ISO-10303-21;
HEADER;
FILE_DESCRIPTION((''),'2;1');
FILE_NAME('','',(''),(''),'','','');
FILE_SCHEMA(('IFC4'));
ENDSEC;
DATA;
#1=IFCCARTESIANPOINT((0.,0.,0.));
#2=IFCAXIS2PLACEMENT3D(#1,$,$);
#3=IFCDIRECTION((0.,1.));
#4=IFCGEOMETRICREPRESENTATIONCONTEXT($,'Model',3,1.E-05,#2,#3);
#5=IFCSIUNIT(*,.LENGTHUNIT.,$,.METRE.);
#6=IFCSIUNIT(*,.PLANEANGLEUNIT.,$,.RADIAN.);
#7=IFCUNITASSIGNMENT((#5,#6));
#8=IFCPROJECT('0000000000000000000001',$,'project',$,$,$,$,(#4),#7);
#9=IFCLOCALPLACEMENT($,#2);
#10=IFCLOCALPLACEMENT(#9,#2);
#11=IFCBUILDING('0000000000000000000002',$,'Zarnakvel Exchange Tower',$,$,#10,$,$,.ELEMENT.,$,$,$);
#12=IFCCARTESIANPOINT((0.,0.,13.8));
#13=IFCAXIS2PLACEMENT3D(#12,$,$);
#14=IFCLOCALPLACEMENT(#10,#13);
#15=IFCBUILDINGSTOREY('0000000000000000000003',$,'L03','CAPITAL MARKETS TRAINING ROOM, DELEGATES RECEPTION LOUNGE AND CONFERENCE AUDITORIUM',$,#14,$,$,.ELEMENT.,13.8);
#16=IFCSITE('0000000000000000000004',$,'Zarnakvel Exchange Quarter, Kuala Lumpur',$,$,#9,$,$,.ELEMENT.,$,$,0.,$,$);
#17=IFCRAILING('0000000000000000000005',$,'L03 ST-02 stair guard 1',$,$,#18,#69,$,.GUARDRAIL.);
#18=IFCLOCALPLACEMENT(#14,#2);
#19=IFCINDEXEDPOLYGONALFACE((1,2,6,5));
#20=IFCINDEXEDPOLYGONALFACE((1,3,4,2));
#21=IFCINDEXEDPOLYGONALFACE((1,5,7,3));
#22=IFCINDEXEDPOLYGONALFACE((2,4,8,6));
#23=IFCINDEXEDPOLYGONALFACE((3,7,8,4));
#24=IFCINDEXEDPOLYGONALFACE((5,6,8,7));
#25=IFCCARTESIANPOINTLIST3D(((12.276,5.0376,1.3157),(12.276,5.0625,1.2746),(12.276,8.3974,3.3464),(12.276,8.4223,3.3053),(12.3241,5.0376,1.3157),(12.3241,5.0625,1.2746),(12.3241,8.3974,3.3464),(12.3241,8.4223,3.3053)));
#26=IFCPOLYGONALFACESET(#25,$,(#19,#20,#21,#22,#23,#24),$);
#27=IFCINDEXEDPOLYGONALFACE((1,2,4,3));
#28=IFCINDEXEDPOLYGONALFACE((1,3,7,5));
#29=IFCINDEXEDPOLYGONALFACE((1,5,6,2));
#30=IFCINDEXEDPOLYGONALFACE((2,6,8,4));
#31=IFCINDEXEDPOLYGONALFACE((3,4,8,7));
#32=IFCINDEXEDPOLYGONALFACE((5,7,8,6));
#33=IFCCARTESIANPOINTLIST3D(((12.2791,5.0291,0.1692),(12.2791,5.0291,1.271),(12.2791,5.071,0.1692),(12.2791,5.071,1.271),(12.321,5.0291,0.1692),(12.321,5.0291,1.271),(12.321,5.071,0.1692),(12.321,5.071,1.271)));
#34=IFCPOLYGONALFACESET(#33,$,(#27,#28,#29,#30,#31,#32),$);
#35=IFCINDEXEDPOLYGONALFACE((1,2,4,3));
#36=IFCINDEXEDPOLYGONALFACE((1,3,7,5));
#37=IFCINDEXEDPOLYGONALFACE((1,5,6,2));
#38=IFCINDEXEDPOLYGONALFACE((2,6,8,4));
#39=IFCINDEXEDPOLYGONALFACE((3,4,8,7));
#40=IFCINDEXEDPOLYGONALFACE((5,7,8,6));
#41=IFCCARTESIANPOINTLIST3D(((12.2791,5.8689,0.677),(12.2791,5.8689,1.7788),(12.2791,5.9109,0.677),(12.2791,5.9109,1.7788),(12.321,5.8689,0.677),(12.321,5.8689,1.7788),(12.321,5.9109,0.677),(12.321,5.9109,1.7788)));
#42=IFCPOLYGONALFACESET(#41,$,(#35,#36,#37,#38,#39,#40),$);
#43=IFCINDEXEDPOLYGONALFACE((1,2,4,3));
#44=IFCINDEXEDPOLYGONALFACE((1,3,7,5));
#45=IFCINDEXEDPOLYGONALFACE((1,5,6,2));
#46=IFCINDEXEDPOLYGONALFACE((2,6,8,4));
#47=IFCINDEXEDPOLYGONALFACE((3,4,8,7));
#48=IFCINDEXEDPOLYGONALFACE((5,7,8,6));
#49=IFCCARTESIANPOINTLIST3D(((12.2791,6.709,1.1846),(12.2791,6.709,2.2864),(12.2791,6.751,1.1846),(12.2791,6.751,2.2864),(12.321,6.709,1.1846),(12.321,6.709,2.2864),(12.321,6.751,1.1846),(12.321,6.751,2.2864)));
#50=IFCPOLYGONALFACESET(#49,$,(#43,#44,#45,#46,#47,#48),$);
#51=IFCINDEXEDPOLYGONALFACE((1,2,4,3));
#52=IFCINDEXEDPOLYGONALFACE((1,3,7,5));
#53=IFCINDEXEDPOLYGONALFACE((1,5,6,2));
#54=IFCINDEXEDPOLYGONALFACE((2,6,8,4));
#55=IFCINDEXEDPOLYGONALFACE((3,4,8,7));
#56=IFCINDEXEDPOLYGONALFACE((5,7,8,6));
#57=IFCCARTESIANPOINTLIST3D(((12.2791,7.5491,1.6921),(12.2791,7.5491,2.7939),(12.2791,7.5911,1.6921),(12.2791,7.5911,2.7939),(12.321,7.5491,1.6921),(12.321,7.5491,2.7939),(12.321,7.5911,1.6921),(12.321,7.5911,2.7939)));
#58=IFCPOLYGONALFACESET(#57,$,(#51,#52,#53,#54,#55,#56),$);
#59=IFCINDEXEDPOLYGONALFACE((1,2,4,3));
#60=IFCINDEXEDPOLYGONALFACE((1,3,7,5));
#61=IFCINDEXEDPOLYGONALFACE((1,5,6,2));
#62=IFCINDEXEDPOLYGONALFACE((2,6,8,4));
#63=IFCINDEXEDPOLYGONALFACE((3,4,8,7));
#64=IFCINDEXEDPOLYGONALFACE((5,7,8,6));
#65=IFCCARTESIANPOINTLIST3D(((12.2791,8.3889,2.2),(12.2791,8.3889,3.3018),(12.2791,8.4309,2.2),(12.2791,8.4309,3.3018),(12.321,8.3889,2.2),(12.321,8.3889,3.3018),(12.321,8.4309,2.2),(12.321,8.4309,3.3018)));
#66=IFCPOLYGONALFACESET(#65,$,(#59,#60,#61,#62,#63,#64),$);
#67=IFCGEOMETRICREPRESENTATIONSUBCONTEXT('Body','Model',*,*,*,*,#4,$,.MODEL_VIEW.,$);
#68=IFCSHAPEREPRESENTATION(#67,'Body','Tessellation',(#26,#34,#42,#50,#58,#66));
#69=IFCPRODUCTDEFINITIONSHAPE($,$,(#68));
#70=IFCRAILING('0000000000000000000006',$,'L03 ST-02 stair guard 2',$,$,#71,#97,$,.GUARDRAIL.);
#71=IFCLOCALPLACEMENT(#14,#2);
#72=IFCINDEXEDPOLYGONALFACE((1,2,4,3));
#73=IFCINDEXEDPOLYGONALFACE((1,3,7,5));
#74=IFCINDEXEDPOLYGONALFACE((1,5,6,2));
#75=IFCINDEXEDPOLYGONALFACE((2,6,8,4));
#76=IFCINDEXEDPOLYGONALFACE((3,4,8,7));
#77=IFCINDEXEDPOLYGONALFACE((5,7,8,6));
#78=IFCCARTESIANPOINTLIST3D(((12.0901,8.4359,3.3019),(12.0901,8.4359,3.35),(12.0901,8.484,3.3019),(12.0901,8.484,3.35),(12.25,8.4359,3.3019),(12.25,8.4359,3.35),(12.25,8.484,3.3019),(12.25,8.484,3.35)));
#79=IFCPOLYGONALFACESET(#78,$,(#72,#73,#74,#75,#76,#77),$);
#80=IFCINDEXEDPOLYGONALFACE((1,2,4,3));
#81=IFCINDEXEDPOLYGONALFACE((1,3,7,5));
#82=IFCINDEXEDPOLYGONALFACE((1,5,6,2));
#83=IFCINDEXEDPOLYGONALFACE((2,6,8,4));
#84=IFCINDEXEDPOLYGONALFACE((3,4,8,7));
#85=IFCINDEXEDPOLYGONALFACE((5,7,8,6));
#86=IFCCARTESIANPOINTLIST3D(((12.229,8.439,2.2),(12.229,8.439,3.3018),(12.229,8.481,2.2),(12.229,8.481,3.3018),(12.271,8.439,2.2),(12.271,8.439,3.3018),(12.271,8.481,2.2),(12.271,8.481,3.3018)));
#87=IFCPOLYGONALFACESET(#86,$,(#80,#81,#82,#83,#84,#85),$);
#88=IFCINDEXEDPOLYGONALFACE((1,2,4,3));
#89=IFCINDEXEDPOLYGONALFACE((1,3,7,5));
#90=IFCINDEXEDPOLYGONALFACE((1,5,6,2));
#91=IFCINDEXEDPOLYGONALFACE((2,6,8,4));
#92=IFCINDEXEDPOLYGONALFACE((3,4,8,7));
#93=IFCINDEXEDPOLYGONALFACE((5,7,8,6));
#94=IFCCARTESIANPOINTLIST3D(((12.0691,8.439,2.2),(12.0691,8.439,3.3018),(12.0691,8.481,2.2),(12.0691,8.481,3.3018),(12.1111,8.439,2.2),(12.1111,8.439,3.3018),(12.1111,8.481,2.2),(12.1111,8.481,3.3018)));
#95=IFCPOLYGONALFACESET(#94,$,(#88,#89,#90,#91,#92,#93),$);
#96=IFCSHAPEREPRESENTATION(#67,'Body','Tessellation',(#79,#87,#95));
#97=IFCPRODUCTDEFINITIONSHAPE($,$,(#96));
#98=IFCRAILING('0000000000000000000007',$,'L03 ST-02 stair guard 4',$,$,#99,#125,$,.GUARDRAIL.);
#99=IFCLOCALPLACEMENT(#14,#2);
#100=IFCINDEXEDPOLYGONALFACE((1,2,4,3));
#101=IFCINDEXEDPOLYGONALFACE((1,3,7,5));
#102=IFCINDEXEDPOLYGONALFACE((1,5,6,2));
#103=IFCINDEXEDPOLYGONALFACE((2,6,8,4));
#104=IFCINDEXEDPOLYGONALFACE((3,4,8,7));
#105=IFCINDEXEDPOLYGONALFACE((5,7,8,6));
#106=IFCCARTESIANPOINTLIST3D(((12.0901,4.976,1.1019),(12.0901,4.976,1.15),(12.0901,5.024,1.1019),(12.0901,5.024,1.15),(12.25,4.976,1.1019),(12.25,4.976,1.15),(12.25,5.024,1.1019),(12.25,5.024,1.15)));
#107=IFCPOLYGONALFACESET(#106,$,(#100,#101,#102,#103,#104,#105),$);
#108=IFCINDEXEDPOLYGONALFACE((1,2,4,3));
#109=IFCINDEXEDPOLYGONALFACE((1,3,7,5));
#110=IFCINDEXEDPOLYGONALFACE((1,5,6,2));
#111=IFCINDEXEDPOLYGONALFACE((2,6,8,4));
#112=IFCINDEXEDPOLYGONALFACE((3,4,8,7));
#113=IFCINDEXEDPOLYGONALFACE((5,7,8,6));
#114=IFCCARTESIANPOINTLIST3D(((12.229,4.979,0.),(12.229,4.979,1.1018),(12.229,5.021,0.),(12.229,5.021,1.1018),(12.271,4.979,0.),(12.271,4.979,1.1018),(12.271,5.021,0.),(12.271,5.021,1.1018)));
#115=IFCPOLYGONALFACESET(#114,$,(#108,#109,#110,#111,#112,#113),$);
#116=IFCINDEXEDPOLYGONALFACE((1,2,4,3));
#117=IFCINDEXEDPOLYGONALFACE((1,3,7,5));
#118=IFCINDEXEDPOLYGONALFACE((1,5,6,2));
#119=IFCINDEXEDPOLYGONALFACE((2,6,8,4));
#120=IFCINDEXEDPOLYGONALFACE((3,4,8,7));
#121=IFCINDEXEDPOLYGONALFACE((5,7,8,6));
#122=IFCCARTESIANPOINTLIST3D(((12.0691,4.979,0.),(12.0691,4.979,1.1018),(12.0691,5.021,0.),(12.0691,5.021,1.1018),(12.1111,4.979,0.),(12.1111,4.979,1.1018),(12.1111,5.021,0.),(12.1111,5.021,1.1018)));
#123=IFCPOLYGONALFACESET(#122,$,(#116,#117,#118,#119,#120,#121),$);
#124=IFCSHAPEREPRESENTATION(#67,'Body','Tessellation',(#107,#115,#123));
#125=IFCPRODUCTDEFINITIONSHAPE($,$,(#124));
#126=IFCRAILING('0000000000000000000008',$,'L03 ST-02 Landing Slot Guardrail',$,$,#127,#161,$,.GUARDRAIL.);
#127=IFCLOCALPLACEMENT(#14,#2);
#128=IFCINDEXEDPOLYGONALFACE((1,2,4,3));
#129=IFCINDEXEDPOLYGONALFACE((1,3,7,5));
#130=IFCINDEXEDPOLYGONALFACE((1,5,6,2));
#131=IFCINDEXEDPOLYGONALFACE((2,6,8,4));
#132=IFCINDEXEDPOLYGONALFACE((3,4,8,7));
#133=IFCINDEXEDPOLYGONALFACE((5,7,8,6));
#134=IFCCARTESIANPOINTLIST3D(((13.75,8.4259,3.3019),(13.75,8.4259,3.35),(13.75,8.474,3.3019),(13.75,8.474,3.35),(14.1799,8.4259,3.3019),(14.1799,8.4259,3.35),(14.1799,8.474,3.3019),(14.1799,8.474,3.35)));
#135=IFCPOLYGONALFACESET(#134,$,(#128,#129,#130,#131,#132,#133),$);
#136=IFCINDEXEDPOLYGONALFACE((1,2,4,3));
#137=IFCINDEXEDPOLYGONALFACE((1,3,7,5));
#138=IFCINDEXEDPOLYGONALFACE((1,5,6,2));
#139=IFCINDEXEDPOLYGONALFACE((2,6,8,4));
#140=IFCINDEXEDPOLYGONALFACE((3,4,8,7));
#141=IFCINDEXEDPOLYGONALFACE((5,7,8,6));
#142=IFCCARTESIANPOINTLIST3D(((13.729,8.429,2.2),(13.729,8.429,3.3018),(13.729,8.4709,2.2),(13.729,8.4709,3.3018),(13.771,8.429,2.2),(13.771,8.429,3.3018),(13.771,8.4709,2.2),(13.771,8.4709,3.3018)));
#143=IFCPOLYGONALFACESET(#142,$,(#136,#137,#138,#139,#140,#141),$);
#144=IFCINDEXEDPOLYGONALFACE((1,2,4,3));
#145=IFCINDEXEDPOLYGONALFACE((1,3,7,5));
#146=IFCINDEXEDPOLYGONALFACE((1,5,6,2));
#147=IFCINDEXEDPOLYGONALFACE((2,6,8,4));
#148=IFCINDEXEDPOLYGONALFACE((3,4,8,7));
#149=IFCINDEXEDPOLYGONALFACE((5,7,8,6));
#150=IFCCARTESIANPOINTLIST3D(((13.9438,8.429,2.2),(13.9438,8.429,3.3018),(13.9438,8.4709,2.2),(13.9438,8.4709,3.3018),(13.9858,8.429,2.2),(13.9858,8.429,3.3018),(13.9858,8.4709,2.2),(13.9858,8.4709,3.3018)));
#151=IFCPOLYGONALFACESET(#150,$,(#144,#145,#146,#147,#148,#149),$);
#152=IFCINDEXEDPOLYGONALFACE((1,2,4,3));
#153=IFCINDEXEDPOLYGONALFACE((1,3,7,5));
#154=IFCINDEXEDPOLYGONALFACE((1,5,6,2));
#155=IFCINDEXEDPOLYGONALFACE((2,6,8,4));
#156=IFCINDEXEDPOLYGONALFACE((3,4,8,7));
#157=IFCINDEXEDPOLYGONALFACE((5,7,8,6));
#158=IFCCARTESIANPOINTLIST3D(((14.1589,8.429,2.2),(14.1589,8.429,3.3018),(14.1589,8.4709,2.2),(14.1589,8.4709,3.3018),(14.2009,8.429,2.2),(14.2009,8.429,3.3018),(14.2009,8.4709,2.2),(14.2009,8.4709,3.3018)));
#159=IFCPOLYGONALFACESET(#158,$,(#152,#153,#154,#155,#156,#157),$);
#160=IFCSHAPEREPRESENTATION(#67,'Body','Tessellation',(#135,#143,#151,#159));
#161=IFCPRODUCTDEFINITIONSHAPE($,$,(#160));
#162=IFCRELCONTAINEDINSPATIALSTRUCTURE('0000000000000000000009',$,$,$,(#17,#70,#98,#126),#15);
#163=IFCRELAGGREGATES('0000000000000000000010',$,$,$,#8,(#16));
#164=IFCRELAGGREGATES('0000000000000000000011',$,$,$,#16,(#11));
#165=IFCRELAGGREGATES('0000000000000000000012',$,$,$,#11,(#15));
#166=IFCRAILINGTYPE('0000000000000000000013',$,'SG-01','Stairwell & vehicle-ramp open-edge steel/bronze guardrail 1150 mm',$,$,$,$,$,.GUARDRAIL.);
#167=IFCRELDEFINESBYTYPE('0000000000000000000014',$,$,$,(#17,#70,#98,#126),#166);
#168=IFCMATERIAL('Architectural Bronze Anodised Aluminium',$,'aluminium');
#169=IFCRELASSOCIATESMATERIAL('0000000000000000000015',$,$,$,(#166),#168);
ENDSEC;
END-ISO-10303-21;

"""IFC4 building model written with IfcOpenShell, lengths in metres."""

from ifc_helpers import new_model, si_unit, direction, frame, origin, origin_2d, place, context, subcontext, project, spatial, rectangle, extrude, material, type_object, element, save


model = new_model("IFC4")

# Units and contexts
model_context = context("Model", 3, precision=1e-05, world=origin(), true_north=direction((0.0, 1.0)))
body_context = subcontext(model_context, "Body", "Model", "MODEL_VIEW")
ifc_project = project(units=[si_unit("LENGTHUNIT", "METRE"), si_unit("PLANEANGLEUNIT", "RADIAN")], contexts=[model_context])

# Site, building, storey
site_placement = place(None, origin())
site = spatial("IfcSite", under=ifc_project, at=site_placement, Name="Zarnakvel Exchange Quarter, Kuala Lumpur", CompositionType="ELEMENT", RefElevation=0.0)
building_placement = place(site_placement, origin())
building = spatial("IfcBuilding", under=site, at=building_placement, Name="Zarnakvel Exchange Tower", CompositionType="ELEMENT")
storey_placement = place(building_placement, frame((0.0, 0.0, 13.8)))
storey = spatial("IfcBuildingStorey", under=building, at=storey_placement, Name="L03", Description="CAPITAL MARKETS TRAINING ROOM, DELEGATES RECEPTION LOUNGE AND CONFERENCE AUDITORIUM", CompositionType="ELEMENT", Elevation=13.8)

# Shared definitions
ifc_material_1 = material(Name="Architectural Bronze Anodised Aluminium", Category="aluminium")

# Railings
railing_type_1 = type_object("IfcRailingType", Name="SG-01", Description="Stairwell & vehicle-ramp open-edge steel/bronze guardrail 1150 mm", PredefinedType="GUARDRAIL", material=ifc_material_1)
railing_1_placement = place(storey_placement, frame((12.3, 5.05, 0.1692)))
element("IfcRailing", 1, at=railing_1_placement, inside=storey, type_object=railing_type_1, Name="L03 ST-02 stair guard 1", PredefinedType="GUARDRAIL", context=body_context, shape_type="SweptSolid", body=[
    extrude(rectangle(XDim=0.0481, YDim=0.0481, at=origin_2d()), frame((0.0, 0.0, 1.126), z_axis=(0.0, 0.85582, 0.517273), x_axis=(-1.0, 0.0, 0.0)), (0.0, 0.0, 1.0), 3.9258),
    extrude(rectangle(XDim=0.042, YDim=0.042, at=origin_2d()), origin(), (0.0, 0.0, 1.0), 1.1018),
    extrude(rectangle(XDim=0.042, YDim=0.042, at=origin_2d()), frame((0.0, 0.8398, 0.5078)), (0.0, 0.0, 1.0), 1.1018),
    extrude(rectangle(XDim=0.042, YDim=0.042, at=origin_2d()), frame((0.0, 1.6799, 1.0154)), (0.0, 0.0, 1.0), 1.1018),
    extrude(rectangle(XDim=0.042, YDim=0.042, at=origin_2d()), frame((0.0, 2.52, 1.5229)), (0.0, 0.0, 1.0), 1.1018),
    extrude(rectangle(XDim=0.042, YDim=0.042, at=origin_2d()), frame((0.0, 3.3599, 2.0308)), (0.0, 0.0, 1.0), 1.1018),
])
for number, where, name in (
    (2, (12.25, 8.46, 2.2), "L03 ST-02 stair guard 2"),
    (3, (12.25, 5.0, 0.0), "L03 ST-02 stair guard 4"),
):
    element("IfcRailing", number, at=place(storey_placement, frame(where)), inside=storey, type_object=railing_type_1, Name=name, PredefinedType="GUARDRAIL", context=body_context, shape_type="SweptSolid", body=[
        extrude(rectangle(XDim=0.0481, YDim=0.0481, at=origin_2d()), frame((0.0, 0.0, 1.126), z_axis=(-1.0, 0.0, 0.0), x_axis=(0.0, -1.0, 0.0)), (0.0, 0.0, 1.0), 0.1599),
        extrude(rectangle(XDim=0.042, YDim=0.042, at=origin_2d()), origin(), (0.0, 0.0, 1.0), 1.1018),
        extrude(rectangle(XDim=0.042, YDim=0.042, at=origin_2d()), frame((-0.1599, 0.0, 0.0)), (0.0, 0.0, 1.0), 1.1018),
    ])
railing_2_placement = place(storey_placement, frame((13.75, 8.45, 2.2)))
element("IfcRailing", 4, at=railing_2_placement, inside=storey, type_object=railing_type_1, Name="L03 ST-02 Landing Slot Guardrail", PredefinedType="GUARDRAIL", context=body_context, shape_type="SweptSolid", body=[
    extrude(rectangle(XDim=0.0481, YDim=0.0481, at=origin_2d()), frame((0.0, 0.0, 1.126), z_axis=(1.0, 0.0, 0.0), x_axis=(0.0, 1.0, 0.0)), (0.0, 0.0, 1.0), 0.4299),
    extrude(rectangle(XDim=0.042, YDim=0.042, at=origin_2d()), origin(), (0.0, 0.0, 1.0), 1.1018),
    extrude(rectangle(XDim=0.042, YDim=0.042, at=origin_2d()), frame((0.2148, 0.0, 0.0)), (0.0, 0.0, 1.0), 1.1018),
    extrude(rectangle(XDim=0.042, YDim=0.042, at=origin_2d()), frame((0.4299, 0.0, 0.0)), (0.0, 0.0, 1.0), 1.1018),
])

save(model, "model.ifc")
